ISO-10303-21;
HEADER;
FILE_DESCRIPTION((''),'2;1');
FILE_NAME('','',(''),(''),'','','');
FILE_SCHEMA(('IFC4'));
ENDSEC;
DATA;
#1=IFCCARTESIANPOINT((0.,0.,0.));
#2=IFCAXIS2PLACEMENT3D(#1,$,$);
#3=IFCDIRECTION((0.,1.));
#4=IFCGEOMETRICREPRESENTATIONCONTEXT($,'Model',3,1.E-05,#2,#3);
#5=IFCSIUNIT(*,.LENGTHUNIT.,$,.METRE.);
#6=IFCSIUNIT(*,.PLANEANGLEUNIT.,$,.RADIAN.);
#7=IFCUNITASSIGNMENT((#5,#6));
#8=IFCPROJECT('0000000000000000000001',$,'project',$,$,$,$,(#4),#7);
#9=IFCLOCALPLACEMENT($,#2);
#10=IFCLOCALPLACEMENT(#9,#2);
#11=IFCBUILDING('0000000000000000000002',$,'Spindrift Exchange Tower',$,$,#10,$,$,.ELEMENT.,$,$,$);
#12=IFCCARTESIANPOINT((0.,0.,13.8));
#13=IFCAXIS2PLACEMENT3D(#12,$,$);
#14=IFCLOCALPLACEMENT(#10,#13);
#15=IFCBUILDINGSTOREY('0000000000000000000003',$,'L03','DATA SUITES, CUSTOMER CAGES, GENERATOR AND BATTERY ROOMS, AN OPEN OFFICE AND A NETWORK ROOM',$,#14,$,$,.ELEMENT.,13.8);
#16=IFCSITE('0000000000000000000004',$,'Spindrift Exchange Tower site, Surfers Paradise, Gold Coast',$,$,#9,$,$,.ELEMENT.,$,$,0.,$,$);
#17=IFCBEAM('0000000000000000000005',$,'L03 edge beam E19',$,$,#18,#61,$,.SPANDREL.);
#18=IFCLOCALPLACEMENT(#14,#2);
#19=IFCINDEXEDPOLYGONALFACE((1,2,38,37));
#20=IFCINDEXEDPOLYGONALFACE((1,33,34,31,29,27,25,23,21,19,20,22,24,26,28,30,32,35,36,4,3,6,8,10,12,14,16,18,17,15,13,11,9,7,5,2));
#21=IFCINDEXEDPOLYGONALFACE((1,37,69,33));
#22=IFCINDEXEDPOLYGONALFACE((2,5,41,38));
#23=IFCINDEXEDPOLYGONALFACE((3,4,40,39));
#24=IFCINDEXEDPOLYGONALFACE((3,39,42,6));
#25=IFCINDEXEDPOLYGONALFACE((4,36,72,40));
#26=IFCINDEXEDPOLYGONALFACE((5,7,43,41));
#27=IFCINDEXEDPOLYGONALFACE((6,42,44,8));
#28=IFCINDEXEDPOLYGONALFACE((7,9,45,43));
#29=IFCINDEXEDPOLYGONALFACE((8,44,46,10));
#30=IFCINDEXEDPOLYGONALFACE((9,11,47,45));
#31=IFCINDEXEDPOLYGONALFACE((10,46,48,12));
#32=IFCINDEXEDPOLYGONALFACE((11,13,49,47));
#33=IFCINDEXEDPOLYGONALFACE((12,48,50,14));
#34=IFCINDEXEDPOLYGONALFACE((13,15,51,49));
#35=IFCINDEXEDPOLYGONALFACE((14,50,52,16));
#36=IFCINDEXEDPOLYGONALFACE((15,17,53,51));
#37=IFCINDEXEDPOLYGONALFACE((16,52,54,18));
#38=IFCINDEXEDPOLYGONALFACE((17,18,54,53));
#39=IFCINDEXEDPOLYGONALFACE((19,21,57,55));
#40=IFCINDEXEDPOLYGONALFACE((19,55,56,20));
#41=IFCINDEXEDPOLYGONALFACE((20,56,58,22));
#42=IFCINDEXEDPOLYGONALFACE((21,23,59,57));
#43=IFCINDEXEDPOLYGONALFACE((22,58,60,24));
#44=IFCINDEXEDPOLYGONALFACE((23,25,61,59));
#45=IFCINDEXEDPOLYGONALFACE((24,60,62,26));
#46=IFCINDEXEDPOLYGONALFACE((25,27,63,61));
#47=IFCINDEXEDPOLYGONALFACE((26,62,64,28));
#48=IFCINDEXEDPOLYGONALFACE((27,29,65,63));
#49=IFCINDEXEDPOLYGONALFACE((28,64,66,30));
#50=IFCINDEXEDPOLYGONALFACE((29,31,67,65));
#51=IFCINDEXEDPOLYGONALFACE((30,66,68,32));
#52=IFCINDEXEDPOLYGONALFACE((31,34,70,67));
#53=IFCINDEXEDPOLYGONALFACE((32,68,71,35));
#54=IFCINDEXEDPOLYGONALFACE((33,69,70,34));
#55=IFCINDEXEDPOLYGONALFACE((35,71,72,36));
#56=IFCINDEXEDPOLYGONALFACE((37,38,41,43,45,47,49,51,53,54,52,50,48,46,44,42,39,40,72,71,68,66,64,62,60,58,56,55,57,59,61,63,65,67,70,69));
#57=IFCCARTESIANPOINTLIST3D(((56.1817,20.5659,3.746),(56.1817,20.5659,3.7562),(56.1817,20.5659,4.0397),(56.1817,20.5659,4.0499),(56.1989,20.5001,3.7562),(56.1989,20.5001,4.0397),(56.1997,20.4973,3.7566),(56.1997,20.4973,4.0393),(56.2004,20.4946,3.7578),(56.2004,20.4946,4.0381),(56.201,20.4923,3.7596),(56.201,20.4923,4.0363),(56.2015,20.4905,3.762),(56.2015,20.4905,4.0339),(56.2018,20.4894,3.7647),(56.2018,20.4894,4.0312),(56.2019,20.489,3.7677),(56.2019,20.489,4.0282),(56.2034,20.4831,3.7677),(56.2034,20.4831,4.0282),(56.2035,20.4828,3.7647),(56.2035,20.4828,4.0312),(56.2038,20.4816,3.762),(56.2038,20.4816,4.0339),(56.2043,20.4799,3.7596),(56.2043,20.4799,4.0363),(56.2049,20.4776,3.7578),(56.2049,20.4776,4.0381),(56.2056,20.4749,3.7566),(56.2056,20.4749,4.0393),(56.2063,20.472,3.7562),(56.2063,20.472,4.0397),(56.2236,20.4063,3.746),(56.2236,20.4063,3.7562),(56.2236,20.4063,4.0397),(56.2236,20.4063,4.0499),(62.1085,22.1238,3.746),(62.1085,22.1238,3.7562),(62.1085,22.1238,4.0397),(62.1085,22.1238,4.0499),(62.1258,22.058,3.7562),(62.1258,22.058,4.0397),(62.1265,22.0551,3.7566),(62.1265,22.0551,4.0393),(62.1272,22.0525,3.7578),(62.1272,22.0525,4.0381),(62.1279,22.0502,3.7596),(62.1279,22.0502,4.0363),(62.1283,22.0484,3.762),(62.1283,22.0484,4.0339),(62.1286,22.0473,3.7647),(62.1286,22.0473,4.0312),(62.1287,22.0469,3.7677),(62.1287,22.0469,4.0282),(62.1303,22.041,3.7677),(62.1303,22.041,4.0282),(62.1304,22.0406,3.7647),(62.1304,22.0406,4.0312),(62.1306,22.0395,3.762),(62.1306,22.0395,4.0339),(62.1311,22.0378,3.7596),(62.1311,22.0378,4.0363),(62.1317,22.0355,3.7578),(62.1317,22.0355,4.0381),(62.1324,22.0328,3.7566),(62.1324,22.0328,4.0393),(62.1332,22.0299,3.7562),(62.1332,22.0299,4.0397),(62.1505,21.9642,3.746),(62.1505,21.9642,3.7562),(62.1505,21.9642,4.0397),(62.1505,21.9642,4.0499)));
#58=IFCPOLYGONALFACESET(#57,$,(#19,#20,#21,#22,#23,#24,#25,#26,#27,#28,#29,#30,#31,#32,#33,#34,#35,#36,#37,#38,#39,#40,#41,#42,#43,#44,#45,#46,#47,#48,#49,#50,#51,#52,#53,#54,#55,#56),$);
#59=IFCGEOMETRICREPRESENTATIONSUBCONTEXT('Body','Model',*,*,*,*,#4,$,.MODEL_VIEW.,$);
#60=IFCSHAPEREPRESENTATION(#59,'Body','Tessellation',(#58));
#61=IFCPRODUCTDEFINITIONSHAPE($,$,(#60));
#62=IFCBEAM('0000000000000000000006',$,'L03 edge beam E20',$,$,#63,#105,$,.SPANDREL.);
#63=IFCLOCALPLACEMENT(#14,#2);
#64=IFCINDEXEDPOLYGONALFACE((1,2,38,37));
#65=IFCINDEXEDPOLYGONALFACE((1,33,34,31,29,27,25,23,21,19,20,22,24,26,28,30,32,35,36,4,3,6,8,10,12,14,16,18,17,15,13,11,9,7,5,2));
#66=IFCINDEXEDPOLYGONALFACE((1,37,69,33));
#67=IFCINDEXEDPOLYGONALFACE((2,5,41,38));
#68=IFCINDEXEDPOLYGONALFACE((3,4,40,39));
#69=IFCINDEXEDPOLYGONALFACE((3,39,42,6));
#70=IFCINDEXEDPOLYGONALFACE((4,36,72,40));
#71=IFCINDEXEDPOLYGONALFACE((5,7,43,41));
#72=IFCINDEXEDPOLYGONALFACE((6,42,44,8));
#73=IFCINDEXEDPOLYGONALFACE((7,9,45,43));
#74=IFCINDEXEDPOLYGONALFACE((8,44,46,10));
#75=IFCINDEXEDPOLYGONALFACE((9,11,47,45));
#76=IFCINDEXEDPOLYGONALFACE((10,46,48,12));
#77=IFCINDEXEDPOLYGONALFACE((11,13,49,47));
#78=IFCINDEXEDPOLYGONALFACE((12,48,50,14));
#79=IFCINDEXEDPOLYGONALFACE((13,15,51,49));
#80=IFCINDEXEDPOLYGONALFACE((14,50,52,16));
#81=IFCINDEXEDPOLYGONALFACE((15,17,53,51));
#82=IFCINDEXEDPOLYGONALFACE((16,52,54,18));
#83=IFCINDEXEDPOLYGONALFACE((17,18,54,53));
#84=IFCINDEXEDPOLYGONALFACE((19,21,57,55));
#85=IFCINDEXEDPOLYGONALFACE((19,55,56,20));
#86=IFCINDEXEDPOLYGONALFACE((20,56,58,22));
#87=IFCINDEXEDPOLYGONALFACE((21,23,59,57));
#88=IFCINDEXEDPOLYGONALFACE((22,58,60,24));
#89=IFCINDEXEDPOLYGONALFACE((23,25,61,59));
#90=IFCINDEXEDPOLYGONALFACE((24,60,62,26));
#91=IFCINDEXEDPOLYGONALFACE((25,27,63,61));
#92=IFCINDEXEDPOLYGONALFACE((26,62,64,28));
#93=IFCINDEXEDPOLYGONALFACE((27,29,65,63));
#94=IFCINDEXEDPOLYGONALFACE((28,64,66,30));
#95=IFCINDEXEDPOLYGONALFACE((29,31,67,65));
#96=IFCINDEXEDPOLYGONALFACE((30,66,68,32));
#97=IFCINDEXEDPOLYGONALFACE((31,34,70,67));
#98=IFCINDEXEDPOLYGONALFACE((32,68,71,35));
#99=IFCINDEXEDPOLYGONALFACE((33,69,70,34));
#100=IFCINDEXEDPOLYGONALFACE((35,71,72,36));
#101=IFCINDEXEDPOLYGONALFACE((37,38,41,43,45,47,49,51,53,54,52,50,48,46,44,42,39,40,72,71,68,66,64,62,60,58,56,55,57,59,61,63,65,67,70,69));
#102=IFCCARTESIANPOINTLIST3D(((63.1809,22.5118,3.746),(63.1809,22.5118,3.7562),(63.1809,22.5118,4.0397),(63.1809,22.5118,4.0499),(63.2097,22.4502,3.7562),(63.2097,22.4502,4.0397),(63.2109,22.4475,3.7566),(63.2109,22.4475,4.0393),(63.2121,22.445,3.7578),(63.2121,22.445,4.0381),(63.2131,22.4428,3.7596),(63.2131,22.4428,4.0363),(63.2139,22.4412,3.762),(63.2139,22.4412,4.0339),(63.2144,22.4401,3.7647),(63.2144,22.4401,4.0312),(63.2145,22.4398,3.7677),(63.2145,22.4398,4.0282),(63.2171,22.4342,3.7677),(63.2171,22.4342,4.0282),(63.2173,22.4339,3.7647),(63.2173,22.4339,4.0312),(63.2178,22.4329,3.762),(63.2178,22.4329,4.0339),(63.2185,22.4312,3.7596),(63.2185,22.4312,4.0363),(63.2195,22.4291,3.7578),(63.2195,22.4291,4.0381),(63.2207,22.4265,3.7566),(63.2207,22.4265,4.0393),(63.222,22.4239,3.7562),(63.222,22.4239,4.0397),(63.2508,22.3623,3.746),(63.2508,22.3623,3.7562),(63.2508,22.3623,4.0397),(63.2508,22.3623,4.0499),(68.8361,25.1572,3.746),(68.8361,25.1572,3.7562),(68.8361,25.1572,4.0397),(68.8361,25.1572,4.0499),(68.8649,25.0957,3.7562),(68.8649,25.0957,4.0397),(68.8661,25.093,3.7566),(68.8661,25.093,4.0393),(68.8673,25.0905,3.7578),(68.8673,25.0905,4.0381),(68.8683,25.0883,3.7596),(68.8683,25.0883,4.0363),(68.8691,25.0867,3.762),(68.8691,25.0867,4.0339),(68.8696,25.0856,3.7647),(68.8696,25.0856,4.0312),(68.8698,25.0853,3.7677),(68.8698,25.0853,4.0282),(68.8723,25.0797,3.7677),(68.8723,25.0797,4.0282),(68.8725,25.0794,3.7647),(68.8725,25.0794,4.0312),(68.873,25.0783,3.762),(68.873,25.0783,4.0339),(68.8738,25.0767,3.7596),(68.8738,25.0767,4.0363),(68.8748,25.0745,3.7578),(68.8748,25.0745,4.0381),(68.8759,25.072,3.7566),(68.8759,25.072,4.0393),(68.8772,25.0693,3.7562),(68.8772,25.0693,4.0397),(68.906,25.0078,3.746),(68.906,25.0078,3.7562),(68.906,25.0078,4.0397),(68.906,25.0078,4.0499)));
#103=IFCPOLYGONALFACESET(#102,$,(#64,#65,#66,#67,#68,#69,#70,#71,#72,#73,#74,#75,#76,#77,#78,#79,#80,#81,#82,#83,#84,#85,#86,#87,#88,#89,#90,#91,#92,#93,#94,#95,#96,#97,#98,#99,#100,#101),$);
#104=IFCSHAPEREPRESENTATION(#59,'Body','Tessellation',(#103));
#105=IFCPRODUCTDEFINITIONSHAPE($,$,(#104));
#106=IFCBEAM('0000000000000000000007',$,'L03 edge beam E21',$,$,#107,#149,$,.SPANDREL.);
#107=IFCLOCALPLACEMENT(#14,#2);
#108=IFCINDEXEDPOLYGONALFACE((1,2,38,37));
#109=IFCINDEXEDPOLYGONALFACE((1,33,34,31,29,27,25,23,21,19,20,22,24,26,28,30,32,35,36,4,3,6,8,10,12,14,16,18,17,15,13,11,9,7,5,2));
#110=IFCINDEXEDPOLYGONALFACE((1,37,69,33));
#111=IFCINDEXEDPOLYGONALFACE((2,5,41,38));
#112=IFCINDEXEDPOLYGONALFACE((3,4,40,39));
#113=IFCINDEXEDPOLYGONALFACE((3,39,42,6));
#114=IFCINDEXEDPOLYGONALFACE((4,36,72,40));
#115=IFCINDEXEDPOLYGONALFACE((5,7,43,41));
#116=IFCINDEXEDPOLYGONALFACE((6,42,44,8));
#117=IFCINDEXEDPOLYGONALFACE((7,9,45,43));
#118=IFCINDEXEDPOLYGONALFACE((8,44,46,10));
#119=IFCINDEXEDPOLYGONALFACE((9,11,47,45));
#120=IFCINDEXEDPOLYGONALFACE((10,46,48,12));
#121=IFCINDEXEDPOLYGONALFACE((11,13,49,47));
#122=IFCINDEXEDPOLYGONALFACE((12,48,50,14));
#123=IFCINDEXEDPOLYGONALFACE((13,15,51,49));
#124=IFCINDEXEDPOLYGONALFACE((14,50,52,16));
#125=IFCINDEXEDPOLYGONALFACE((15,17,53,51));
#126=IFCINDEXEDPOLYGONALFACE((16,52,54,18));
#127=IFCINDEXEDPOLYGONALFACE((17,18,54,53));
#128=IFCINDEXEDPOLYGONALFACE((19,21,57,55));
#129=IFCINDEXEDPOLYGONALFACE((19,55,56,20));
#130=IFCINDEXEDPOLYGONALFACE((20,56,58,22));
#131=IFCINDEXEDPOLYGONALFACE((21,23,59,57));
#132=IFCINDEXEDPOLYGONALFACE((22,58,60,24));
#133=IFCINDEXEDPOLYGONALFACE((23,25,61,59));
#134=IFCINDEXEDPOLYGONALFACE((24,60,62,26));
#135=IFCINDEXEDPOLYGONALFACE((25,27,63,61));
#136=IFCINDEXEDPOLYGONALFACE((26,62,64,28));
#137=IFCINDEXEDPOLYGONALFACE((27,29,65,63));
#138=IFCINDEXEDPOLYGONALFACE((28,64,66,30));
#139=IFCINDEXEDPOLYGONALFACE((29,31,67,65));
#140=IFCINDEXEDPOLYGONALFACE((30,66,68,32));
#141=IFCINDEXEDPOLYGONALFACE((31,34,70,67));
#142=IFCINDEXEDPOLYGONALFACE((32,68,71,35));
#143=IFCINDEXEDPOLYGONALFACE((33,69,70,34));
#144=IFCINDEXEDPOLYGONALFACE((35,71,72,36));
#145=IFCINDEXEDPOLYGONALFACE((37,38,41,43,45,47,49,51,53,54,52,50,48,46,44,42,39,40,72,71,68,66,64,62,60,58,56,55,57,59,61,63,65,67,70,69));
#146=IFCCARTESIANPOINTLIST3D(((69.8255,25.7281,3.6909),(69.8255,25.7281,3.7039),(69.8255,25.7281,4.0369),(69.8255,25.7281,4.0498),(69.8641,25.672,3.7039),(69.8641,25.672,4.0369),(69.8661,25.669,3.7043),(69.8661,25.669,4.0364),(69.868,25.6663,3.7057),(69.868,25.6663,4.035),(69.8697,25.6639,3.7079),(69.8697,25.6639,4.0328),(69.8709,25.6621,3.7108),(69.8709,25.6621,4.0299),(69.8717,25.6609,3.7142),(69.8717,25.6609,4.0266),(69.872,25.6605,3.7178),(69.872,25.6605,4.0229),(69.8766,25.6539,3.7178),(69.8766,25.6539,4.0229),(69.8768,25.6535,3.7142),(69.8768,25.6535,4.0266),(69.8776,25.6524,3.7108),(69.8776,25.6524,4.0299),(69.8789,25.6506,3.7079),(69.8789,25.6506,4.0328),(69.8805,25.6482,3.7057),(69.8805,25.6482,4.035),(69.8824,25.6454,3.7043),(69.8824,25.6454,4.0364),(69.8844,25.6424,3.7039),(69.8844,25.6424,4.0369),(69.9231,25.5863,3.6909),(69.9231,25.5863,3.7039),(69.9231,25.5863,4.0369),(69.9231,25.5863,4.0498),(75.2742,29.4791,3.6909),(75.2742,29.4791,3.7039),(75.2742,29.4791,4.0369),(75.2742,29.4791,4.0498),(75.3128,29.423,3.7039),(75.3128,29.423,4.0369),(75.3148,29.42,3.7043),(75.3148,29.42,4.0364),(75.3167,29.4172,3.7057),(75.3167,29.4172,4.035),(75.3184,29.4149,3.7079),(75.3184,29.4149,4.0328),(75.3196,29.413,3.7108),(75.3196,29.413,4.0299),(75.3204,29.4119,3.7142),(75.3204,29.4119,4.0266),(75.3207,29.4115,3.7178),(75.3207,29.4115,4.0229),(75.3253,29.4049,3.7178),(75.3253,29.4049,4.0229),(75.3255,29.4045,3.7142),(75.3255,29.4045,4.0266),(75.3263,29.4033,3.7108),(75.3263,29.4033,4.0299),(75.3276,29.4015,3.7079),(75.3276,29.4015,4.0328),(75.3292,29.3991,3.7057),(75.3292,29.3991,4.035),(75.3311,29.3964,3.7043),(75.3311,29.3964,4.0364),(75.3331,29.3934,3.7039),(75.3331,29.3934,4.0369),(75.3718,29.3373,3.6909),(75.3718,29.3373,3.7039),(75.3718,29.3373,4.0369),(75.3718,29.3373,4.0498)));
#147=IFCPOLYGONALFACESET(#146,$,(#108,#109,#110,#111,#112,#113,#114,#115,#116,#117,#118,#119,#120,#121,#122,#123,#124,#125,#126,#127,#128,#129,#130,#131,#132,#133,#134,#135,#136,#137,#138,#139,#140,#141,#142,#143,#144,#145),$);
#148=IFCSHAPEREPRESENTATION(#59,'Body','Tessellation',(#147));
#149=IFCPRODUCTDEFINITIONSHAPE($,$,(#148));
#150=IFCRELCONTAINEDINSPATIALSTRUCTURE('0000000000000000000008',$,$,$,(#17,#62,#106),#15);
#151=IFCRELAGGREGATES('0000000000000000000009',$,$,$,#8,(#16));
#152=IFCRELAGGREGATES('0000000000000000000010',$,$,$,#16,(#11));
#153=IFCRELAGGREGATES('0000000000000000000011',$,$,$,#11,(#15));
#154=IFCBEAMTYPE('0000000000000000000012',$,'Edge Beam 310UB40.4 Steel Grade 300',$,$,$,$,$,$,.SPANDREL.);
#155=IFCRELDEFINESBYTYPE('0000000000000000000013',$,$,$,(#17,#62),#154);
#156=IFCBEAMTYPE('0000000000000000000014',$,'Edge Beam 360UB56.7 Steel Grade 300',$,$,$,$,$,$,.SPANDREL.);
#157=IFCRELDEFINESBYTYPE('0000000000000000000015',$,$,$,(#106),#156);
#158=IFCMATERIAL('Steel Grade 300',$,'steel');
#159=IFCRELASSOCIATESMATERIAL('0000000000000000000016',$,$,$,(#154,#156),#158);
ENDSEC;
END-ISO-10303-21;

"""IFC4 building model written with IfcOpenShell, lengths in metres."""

from ifc_helpers import new_model, si_unit, direction, frame, origin, origin_2d, place, context, subcontext, project, spatial, i_section, extrude, source, transform, mapped, material, material_profile, profile_set, type_object, element, save


model = new_model("IFC4")

# Units and contexts
model_context = context("Model", 3, precision=1e-05, world=origin(), true_north=direction((0.0, 1.0)))
body_context = subcontext(model_context, "Body", "Model", "MODEL_VIEW")
ifc_project = project(units=[si_unit("LENGTHUNIT", "METRE"), si_unit("PLANEANGLEUNIT", "RADIAN")], contexts=[model_context])

# Site, building, storey
site_placement = place(None, origin())
site = spatial("IfcSite", under=ifc_project, at=site_placement, Name="Spindrift Exchange Tower site, Surfers Paradise, Gold Coast", CompositionType="ELEMENT", RefElevation=0.0)
building_placement = place(site_placement, origin())
building = spatial("IfcBuilding", under=site, at=building_placement, Name="Spindrift Exchange Tower", CompositionType="ELEMENT")
storey_placement = place(building_placement, frame((0.0, 0.0, 13.8)))
storey = spatial("IfcBuildingStorey", under=building, at=storey_placement, Name="L03", Description="DATA SUITES, CUSTOMER CAGES, GENERATOR AND BATTERY ROOMS, AN OPEN OFFICE AND A NETWORK ROOM", CompositionType="ELEMENT", Elevation=13.8)

# Beams
ifc_material_1 = material(Name="Steel Grade 300", Category="steel")
ifc_material_profile_1 = material_profile(ifc_material_1, i_section(OverallWidth=0.165, OverallDepth=0.304, WebThickness=0.0061, FlangeThickness=0.0103, FilletRadius=0.0115, at=origin_2d()), Name="310UB40.4")
ifc_profile_set_1 = profile_set([ifc_material_profile_1], Name="Steel Grade 300")
beam_type_1 = type_object("IfcBeamType", Name="Edge Beam 310UB40.4 Steel Grade 300", PredefinedType="SPANDREL", material=ifc_profile_set_1)
shared_shape_1 = source(origin(), body_context, "Body", "SweptSolid", [
    extrude(i_section(OverallWidth=0.165, OverallDepth=0.304, WebThickness=0.0061, FlangeThickness=0.0103, FilletRadius=0.0115, at=origin_2d()), origin(), (0.0, 0.0, 1.0), 6.1282),
])
beam_1_placement = place(storey_placement, frame((56.2026, 20.4861, 3.8979), z_axis=(0.967147, 0.254217, 0.0), x_axis=(-0.254217, 0.967147, 0.0)))
element("IfcBeam", 1, at=beam_1_placement, inside=storey, type_object=beam_type_1, Name="L03 edge beam E19", PredefinedType="SPANDREL", context=body_context, shape_type="MappedRepresentation", body=[
    mapped(shared_shape_1, transform((0.0, 0.0, 0.0), scale=1.0)),
])
shared_shape_2 = source(origin(), body_context, "Body", "SweptSolid", [
    extrude(i_section(OverallWidth=0.165, OverallDepth=0.304, WebThickness=0.0061, FlangeThickness=0.0103, FilletRadius=0.0115, at=origin_2d()), origin(), (0.0, 0.0, 1.0), 6.2434),
])
beam_2_placement = place(storey_placement, frame((63.2158, 22.437, 3.8979), z_axis=(0.905791, 0.423724, 0.0), x_axis=(-0.423724, 0.905791, 0.0)))
element("IfcBeam", 2, at=beam_2_placement, inside=storey, type_object=beam_type_1, Name="L03 edge beam E20", PredefinedType="SPANDREL", context=body_context, shape_type="MappedRepresentation", body=[
    mapped(shared_shape_2, transform((0.0, 0.0, 0.0), scale=1.0)),
])
ifc_material_profile_2 = material_profile(ifc_material_1, i_section(OverallWidth=0.1721, OverallDepth=0.3589, WebThickness=0.0081, FlangeThickness=0.0129, FilletRadius=0.0139, at=origin_2d()), Name="360UB56.7")
ifc_profile_set_2 = profile_set([ifc_material_profile_2], Name="Steel Grade 300")
beam_type_2 = type_object("IfcBeamType", Name="Edge Beam 360UB56.7 Steel Grade 300", PredefinedType="SPANDREL", material=ifc_profile_set_2)
shared_shape_3 = source(origin(), body_context, "Body", "SweptSolid", [
    extrude(i_section(OverallWidth=0.1721, OverallDepth=0.3589, WebThickness=0.0081, FlangeThickness=0.0129, FilletRadius=0.0139, at=origin_2d()), origin(), (0.0, 0.0, 1.0), 6.615),
])
beam_3_placement = place(storey_placement, frame((69.8743, 25.6572, 3.8704), z_axis=(0.823691, 0.567039, 0.0), x_axis=(-0.567039, 0.823691, 0.0)))
element("IfcBeam", 3, at=beam_3_placement, inside=storey, type_object=beam_type_2, Name="L03 edge beam E21", PredefinedType="SPANDREL", context=body_context, shape_type="MappedRepresentation", body=[
    mapped(shared_shape_3, transform((0.0, 0.0, 0.0), scale=1.0)),
])

save(model, "model.ifc")
